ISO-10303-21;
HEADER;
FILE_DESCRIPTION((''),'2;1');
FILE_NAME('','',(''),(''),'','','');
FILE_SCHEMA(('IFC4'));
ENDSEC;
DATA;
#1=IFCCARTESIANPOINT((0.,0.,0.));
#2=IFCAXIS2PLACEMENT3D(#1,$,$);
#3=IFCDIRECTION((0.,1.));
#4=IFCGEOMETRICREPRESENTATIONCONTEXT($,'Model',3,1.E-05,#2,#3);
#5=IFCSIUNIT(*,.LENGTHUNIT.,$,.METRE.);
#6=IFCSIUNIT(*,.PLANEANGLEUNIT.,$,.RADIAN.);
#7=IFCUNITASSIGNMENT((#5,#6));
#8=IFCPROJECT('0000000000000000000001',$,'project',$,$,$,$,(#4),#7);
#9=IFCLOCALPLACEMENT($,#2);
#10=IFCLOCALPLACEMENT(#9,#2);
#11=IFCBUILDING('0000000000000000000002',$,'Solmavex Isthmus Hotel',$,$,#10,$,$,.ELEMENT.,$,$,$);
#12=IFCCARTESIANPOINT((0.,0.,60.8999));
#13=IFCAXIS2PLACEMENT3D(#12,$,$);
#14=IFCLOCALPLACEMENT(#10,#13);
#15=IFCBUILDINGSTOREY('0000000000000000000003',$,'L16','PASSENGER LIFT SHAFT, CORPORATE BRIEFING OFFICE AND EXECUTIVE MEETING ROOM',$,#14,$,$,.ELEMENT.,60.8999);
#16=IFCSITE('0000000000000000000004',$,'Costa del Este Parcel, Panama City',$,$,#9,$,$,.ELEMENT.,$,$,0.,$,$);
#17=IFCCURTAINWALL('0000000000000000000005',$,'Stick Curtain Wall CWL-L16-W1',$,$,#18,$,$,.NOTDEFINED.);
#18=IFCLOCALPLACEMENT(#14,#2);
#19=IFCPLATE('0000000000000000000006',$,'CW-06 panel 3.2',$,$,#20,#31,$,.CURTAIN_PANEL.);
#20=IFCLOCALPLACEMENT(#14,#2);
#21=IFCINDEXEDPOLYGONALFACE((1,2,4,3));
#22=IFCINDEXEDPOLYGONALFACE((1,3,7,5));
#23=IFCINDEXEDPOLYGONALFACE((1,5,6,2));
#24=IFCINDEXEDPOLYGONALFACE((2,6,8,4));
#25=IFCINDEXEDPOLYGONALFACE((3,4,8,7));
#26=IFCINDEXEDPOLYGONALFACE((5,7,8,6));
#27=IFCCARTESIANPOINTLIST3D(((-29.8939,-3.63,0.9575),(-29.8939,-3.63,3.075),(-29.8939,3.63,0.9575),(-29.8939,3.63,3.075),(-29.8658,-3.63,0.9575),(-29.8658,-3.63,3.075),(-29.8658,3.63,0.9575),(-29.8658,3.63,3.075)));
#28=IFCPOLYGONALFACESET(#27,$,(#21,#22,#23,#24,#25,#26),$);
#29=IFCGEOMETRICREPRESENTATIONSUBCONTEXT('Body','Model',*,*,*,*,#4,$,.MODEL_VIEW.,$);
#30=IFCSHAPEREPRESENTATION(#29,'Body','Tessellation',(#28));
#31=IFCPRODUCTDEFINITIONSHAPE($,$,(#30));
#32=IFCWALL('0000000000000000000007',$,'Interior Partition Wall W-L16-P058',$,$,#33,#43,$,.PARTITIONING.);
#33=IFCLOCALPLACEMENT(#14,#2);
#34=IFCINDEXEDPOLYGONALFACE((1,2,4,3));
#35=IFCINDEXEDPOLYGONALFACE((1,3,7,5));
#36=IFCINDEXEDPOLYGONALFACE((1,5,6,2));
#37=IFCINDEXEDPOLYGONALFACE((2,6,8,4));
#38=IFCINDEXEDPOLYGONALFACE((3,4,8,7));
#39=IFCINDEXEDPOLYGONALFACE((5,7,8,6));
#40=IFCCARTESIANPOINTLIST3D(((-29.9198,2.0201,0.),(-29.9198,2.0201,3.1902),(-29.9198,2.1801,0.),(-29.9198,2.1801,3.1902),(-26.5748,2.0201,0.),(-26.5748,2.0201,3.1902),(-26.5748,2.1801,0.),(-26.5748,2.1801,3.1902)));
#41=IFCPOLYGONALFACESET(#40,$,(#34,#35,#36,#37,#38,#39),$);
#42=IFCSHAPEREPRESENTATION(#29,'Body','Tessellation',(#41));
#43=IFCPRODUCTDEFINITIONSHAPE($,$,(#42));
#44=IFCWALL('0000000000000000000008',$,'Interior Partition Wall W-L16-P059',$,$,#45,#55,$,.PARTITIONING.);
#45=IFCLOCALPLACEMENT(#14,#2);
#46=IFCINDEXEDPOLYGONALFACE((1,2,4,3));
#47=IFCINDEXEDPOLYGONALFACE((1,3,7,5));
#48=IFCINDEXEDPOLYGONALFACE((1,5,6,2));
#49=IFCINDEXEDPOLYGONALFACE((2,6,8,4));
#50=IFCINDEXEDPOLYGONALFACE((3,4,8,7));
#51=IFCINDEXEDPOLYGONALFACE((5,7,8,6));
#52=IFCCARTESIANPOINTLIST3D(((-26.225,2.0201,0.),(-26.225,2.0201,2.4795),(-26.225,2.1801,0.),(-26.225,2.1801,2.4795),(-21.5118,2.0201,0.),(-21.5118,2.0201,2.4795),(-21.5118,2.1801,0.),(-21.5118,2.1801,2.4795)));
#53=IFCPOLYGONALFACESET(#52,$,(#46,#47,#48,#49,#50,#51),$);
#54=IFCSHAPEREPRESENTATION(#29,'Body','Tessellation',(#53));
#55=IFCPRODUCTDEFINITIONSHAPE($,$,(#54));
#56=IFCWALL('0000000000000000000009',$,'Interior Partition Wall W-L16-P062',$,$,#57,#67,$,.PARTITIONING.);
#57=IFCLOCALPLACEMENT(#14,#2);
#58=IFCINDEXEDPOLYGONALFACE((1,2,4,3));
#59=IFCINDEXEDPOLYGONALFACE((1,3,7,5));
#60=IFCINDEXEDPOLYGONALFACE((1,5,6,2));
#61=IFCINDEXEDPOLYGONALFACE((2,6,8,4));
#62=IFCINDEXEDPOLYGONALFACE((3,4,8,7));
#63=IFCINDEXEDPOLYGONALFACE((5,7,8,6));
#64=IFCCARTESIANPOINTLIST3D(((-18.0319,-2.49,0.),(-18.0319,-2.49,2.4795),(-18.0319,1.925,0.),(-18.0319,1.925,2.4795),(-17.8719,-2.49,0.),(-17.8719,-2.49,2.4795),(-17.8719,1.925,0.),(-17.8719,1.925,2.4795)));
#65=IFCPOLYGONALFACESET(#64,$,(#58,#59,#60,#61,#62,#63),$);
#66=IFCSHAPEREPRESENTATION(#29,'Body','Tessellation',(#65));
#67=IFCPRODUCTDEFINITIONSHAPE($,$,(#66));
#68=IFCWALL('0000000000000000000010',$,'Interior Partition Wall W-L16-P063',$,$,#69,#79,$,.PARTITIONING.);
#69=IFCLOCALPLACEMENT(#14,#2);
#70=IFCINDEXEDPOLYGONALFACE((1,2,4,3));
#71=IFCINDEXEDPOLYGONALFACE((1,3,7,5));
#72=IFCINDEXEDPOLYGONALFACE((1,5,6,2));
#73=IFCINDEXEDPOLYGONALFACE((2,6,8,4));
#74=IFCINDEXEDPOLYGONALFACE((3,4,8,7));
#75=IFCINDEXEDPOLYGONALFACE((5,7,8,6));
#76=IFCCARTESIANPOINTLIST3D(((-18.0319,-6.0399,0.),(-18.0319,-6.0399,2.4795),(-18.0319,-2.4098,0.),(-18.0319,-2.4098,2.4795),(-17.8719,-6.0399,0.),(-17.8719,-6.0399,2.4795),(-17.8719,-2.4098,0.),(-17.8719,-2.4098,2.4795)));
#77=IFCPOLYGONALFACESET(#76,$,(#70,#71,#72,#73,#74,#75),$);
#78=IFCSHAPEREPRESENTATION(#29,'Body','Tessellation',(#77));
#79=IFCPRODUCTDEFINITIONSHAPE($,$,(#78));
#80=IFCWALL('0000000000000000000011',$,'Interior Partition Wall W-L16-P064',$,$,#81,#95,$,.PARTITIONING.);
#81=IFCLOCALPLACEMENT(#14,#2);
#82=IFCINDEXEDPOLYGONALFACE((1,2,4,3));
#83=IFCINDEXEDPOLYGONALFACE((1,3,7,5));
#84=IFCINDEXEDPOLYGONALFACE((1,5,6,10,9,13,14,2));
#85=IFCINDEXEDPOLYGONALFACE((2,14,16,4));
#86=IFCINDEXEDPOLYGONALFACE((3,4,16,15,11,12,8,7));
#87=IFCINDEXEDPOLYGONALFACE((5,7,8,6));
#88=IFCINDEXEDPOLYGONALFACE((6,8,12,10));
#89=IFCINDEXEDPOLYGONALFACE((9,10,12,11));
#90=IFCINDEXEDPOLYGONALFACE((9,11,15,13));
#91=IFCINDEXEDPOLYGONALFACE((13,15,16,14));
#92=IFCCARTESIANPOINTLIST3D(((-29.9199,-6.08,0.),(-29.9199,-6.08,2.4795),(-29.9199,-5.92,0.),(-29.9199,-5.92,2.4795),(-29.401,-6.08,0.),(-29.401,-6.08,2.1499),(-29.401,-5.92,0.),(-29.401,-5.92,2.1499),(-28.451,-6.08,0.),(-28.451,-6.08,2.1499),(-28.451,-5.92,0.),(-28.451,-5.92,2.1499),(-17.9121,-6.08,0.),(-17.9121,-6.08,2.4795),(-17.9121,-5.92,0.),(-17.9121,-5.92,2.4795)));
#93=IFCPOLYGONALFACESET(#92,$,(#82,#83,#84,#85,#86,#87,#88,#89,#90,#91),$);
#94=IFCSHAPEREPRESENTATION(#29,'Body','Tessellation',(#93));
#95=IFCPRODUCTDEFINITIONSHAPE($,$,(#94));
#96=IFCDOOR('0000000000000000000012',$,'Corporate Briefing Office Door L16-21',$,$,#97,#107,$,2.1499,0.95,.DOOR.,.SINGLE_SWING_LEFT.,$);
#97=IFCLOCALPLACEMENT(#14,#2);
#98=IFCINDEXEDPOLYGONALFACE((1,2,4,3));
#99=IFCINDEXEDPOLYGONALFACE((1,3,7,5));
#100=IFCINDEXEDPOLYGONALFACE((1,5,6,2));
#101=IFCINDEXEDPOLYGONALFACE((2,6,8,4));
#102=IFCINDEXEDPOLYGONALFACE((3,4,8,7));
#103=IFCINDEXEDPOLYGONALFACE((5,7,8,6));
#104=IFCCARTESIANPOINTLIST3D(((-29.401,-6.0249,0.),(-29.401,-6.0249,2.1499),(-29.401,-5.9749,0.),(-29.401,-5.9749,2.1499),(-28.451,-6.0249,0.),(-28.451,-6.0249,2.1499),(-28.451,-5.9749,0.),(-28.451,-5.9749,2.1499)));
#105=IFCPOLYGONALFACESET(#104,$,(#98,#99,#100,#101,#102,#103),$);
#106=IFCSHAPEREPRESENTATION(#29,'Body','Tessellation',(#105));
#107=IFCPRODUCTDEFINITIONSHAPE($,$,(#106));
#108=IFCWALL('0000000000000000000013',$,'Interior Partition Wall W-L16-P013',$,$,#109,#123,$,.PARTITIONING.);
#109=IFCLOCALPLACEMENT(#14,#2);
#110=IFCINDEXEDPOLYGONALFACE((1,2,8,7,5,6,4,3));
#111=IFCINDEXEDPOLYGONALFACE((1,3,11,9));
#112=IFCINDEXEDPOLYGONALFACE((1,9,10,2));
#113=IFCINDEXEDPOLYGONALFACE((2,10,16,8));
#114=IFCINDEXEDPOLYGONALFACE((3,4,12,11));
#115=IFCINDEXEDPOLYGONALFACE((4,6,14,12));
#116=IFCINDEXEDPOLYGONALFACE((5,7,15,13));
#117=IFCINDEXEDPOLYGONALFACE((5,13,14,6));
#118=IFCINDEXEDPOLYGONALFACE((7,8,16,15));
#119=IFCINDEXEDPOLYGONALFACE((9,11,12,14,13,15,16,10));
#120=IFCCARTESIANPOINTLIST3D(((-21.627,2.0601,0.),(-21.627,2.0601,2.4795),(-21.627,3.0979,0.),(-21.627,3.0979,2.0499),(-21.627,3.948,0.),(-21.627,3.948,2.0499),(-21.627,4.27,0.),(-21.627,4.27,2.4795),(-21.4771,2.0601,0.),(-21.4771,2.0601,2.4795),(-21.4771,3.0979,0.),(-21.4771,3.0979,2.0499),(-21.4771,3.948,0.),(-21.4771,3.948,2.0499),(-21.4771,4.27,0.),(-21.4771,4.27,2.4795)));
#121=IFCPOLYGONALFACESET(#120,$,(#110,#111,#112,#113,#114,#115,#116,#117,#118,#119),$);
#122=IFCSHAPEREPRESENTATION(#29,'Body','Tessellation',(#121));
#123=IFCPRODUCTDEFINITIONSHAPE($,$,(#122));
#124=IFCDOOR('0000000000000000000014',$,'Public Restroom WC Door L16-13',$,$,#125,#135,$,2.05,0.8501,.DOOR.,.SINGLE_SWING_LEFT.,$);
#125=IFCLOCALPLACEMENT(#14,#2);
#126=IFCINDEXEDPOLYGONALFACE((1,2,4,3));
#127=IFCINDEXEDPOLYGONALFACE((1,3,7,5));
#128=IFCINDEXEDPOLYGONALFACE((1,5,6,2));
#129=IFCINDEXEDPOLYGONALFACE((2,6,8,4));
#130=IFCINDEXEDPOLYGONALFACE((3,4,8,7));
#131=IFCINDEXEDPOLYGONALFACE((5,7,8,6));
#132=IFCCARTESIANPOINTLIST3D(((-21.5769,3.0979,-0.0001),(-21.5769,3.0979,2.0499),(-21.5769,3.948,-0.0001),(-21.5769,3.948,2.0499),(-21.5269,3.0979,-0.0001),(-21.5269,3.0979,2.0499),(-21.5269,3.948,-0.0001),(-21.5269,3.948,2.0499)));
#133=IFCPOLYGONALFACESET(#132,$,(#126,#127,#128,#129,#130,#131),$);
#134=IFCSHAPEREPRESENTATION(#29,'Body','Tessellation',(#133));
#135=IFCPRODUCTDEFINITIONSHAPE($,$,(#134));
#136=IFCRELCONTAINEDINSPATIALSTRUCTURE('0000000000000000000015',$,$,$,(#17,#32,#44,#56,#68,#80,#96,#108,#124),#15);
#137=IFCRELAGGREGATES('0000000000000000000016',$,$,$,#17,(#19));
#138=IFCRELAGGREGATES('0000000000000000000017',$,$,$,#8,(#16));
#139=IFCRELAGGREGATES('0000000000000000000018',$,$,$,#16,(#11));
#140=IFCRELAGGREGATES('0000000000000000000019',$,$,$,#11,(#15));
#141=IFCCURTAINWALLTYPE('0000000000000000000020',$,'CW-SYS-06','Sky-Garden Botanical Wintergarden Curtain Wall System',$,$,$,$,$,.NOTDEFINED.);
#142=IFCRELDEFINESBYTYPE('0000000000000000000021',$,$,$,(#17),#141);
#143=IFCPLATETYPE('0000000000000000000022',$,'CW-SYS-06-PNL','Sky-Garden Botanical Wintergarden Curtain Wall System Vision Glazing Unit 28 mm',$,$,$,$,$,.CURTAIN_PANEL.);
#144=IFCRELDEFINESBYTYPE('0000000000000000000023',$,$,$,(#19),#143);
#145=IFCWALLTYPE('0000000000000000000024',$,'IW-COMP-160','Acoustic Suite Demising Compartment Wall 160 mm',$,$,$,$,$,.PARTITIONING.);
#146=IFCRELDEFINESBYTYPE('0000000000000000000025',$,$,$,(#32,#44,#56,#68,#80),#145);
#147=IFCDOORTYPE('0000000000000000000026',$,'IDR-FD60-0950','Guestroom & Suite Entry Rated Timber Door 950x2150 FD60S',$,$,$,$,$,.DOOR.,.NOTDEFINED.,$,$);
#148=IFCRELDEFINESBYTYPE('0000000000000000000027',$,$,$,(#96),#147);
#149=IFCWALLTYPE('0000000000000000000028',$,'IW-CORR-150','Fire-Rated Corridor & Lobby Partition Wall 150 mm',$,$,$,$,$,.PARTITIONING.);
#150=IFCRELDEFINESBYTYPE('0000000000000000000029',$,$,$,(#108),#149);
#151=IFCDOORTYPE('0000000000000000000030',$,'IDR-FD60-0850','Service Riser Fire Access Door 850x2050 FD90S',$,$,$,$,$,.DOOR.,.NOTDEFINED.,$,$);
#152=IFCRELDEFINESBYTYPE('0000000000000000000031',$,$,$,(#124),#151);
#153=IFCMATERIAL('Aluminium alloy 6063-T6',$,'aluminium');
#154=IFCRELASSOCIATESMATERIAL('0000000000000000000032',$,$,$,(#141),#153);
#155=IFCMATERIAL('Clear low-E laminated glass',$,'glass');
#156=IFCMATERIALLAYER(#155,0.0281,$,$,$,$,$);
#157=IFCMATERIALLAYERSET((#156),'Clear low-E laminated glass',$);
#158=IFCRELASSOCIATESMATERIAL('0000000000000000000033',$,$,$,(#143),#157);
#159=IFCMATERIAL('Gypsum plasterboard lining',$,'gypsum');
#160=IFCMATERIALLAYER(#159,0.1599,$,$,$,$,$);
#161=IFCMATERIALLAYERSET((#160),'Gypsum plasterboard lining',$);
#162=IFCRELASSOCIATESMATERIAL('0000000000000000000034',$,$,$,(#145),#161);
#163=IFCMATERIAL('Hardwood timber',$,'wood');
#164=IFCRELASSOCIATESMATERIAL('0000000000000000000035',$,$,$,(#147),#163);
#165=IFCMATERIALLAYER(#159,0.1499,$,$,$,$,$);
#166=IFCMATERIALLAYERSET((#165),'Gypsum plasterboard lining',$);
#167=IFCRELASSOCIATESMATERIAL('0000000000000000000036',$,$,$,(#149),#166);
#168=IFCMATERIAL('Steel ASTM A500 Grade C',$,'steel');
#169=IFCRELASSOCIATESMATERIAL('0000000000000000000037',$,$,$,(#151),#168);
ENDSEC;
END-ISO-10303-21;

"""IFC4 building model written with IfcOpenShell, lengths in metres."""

from ifc_helpers import new_model, si_unit, direction, frame, frame_2d, origin, origin_2d, place, context, subcontext, project, spatial, rectangle, extrude, material, layer, layer_set, type_object, element, fill, aggregate, save


model = new_model("IFC4")

# Units and contexts
model_context = context("Model", 3, precision=1e-05, world=origin(), true_north=direction((0.0, 1.0)))
body_context = subcontext(model_context, "Body", "Model", "MODEL_VIEW")
ifc_project = project(units=[si_unit("LENGTHUNIT", "METRE"), si_unit("PLANEANGLEUNIT", "RADIAN")], contexts=[model_context])

# Site, building, storey
site_placement = place(None, origin())
site = spatial("IfcSite", under=ifc_project, at=site_placement, Name="Costa del Este Parcel, Panama City", CompositionType="ELEMENT", RefElevation=0.0)
building_placement = place(site_placement, origin())
building = spatial("IfcBuilding", under=site, at=building_placement, Name="Solmavex Isthmus Hotel", CompositionType="ELEMENT")
storey_placement = place(building_placement, frame((0.0, 0.0, 60.8999)))
storey = spatial("IfcBuildingStorey", under=building, at=storey_placement, Name="L16", Description="PASSENGER LIFT SHAFT, CORPORATE BRIEFING OFFICE AND EXECUTIVE MEETING ROOM", CompositionType="ELEMENT", Elevation=60.8999)

# Curtain wall, plate
ifc_material_1 = material(Name="Aluminium alloy 6063-T6", Category="aluminium")
curtain_wall_type = type_object("IfcCurtainWallType", Name="CW-SYS-06", Description="Sky-Garden Botanical Wintergarden Curtain Wall System", PredefinedType="NOTDEFINED", material=ifc_material_1)
curtain_wall_placement = place(storey_placement, origin())
curtain_wall = element("IfcCurtainWall", 1, at=curtain_wall_placement, inside=storey, type_object=curtain_wall_type, Name="Stick Curtain Wall CWL-L16-W1", PredefinedType="NOTDEFINED")
ifc_material_2 = material(Name="Clear low-E laminated glass", Category="glass")
ifc_layer_1 = layer(ifc_material_2, 0.0281)
ifc_layer_set_1 = layer_set([ifc_layer_1], Name="Clear low-E laminated glass")
plate_type = type_object("IfcPlateType", Name="CW-SYS-06-PNL", Description="Sky-Garden Botanical Wintergarden Curtain Wall System Vision Glazing Unit 28 mm", PredefinedType="CURTAIN_PANEL", material=ifc_layer_set_1)
plate_1_placement = place(storey_placement, frame((-29.8799, 0.0, 0.9575), z_axis=(0.0, 0.0, 1.0), x_axis=(0.0, 1.0, 0.0)))
plate_1 = element("IfcPlate", 2, at=plate_1_placement, type_object=plate_type, Name="CW-06 panel 3.2", PredefinedType="CURTAIN_PANEL", context=body_context, shape_type="SweptSolid", body=[
    extrude(rectangle(XDim=7.26, YDim=0.0281, at=origin_2d()), origin(), (0.0, 0.0, 1.0), 2.1174),
])
aggregate(curtain_wall, [plate_1])

# Walls
ifc_material_3 = material(Name="Gypsum plasterboard lining", Category="gypsum")
ifc_layer_2 = layer(ifc_material_3, 0.1599)
ifc_layer_set_2 = layer_set([ifc_layer_2], Name="Gypsum plasterboard lining")
wall_type_1 = type_object("IfcWallType", Name="IW-COMP-160", Description="Acoustic Suite Demising Compartment Wall 160 mm", PredefinedType="PARTITIONING", material=ifc_layer_set_2)
wall_1_placement = place(storey_placement, frame((-26.575, 2.1001, 0.0), z_axis=(0.0, 0.0, 1.0), x_axis=(-1.0, 0.0, 0.0)))
element("IfcWall", 3, at=wall_1_placement, inside=storey, type_object=wall_type_1, Name="Interior Partition Wall W-L16-P058", PredefinedType="PARTITIONING", context=body_context, shape_type="SweptSolid", body=[
    extrude(rectangle(XDim=3.345, YDim=0.1599, at=frame_2d((1.6724, 0.0))), origin(), (0.0, 0.0, 1.0), 3.1902),
])
wall_2_placement = place(storey_placement, frame((-21.512, 2.1001, 0.0), z_axis=(0.0, 0.0, 1.0), x_axis=(-1.0, 0.0, 0.0)))
element("IfcWall", 4, at=wall_2_placement, inside=storey, type_object=wall_type_1, Name="Interior Partition Wall W-L16-P059", PredefinedType="PARTITIONING", context=body_context, shape_type="SweptSolid", body=[
    extrude(rectangle(XDim=4.7131, YDim=0.1599, at=frame_2d((2.3564, 0.0))), origin(), (0.0, 0.0, 1.0), 2.4795),
])
wall_3_placement = place(storey_placement, frame((-17.9519, 1.925, 0.0), z_axis=(0.0, 0.0, 1.0), x_axis=(0.0, -1.0, 0.0)))
element("IfcWall", 5, at=wall_3_placement, inside=storey, type_object=wall_type_1, Name="Interior Partition Wall W-L16-P062", PredefinedType="PARTITIONING", context=body_context, shape_type="SweptSolid", body=[
    extrude(rectangle(XDim=4.415, YDim=0.1599, at=frame_2d((2.2075, 0.0))), origin(), (0.0, 0.0, 1.0), 2.4795),
])
wall_4_placement = place(storey_placement, frame((-17.9519, -2.4099, 0.0), z_axis=(0.0, 0.0, 1.0), x_axis=(0.0, -1.0, 0.0)))
element("IfcWall", 6, at=wall_4_placement, inside=storey, type_object=wall_type_1, Name="Interior Partition Wall W-L16-P063", PredefinedType="PARTITIONING", context=body_context, shape_type="SweptSolid", body=[
    extrude(rectangle(XDim=3.6301, YDim=0.1599, at=frame_2d((1.8149, 0.0))), origin(), (0.0, 0.0, 1.0), 2.4795),
])

# Walls, openings, doors
wall_5_placement = place(storey_placement, frame((-17.9121, -6.0, 0.0), z_axis=(0.0, 0.0, 1.0), x_axis=(-1.0, 0.0, 0.0)))
wall_5 = element("IfcWall", 7, at=wall_5_placement, inside=storey, type_object=wall_type_1, Name="Interior Partition Wall W-L16-P064", PredefinedType="PARTITIONING", context=body_context, shape_type="SweptSolid", body=[
    extrude(rectangle(XDim=12.0078, YDim=0.1599, at=frame_2d((6.0039, 0.0))), origin(), (0.0, 0.0, 1.0), 2.4795),
])
opening_1_placement = place(wall_5_placement, frame((10.5388, 0.0, 0.0)))
opening_1 = element("IfcOpeningElement", 8, at=opening_1_placement, cuts=wall_5, PredefinedType="OPENING", context=body_context, shape_type="SweptSolid", body=[
    extrude(rectangle(XDim=0.95, YDim=2.1499, at=frame_2d((0.4751, 1.075))), frame((0.0, 0.0898, 0.0), z_axis=(0.0, -1.0, 0.0), x_axis=(1.0, 0.0, 0.0)), (0.0, 0.0, 1.0), 0.1799),
])
ifc_material_4 = material(Name="Hardwood timber", Category="wood")
door_type_1 = type_object("IfcDoorType", Name="IDR-FD60-0950", Description="Guestroom & Suite Entry Rated Timber Door 950x2150 FD60S", OperationType="NOTDEFINED", PredefinedType="DOOR", material=ifc_material_4)
door_1_placement = place(opening_1_placement, origin())
door_1 = element("IfcDoor", 9, at=door_1_placement, inside=storey, type_object=door_type_1, Name="Corporate Briefing Office Door L16-21", OperationType="SINGLE_SWING_LEFT", OverallHeight=2.1499, OverallWidth=0.95, PredefinedType="DOOR", context=body_context, shape_type="SweptSolid", body=[
    extrude(rectangle(XDim=0.95, YDim=2.1499, at=frame_2d((0.4751, 1.075))), frame((0.0, 0.0249, 0.0), z_axis=(0.0, -1.0, 0.0), x_axis=(1.0, 0.0, 0.0)), (0.0, 0.0, 1.0), 0.05),
])
fill(opening_1, door_1)
ifc_layer_3 = layer(ifc_material_3, 0.1499)
ifc_layer_set_3 = layer_set([ifc_layer_3], Name="Gypsum plasterboard lining")
wall_type_2 = type_object("IfcWallType", Name="IW-CORR-150", Description="Fire-Rated Corridor & Lobby Partition Wall 150 mm", PredefinedType="PARTITIONING", material=ifc_layer_set_3)
wall_6_placement = place(storey_placement, frame((-21.552, 2.0601, 0.0), z_axis=(0.0, 0.0, 1.0), x_axis=(0.0, 1.0, 0.0)))
wall_6 = element("IfcWall", 10, at=wall_6_placement, inside=storey, type_object=wall_type_2, Name="Interior Partition Wall W-L16-P013", PredefinedType="PARTITIONING", context=body_context, shape_type="SweptSolid", body=[
    extrude(rectangle(XDim=2.21, YDim=0.1499, at=frame_2d((1.105, 0.0))), origin(), (0.0, 0.0, 1.0), 2.4795),
])
opening_2_placement = place(wall_6_placement, frame((1.0378, 0.0, 0.0)))
opening_2 = element("IfcOpeningElement", 11, at=opening_2_placement, cuts=wall_6, PredefinedType="OPENING", context=body_context, shape_type="SweptSolid", body=[
    extrude(rectangle(XDim=0.8501, YDim=2.05, at=frame_2d((0.425, 1.0249))), frame((0.0, 0.085, 0.0), z_axis=(0.0, -1.0, 0.0), x_axis=(1.0, 0.0, 0.0)), (0.0, 0.0, 1.0), 0.1699),
])
ifc_material_5 = material(Name="Steel ASTM A500 Grade C", Category="steel")
door_type_2 = type_object("IfcDoorType", Name="IDR-FD60-0850", Description="Service Riser Fire Access Door 850x2050 FD90S", OperationType="NOTDEFINED", PredefinedType="DOOR", material=ifc_material_5)
door_2_placement = place(opening_2_placement, origin())
door_2 = element("IfcDoor", 12, at=door_2_placement, inside=storey, type_object=door_type_2, Name="Public Restroom WC Door L16-13", OperationType="SINGLE_SWING_LEFT", OverallHeight=2.05, OverallWidth=0.8501, PredefinedType="DOOR", context=body_context, shape_type="SweptSolid", body=[
    extrude(rectangle(XDim=0.8501, YDim=2.05, at=frame_2d((0.425, 1.0249))), frame((0.0, 0.0249, 0.0), z_axis=(0.0, -1.0, 0.0), x_axis=(1.0, 0.0, 0.0)), (0.0, 0.0, 1.0), 0.05),
])
fill(opening_2, door_2)

save(model, "model.ifc")
